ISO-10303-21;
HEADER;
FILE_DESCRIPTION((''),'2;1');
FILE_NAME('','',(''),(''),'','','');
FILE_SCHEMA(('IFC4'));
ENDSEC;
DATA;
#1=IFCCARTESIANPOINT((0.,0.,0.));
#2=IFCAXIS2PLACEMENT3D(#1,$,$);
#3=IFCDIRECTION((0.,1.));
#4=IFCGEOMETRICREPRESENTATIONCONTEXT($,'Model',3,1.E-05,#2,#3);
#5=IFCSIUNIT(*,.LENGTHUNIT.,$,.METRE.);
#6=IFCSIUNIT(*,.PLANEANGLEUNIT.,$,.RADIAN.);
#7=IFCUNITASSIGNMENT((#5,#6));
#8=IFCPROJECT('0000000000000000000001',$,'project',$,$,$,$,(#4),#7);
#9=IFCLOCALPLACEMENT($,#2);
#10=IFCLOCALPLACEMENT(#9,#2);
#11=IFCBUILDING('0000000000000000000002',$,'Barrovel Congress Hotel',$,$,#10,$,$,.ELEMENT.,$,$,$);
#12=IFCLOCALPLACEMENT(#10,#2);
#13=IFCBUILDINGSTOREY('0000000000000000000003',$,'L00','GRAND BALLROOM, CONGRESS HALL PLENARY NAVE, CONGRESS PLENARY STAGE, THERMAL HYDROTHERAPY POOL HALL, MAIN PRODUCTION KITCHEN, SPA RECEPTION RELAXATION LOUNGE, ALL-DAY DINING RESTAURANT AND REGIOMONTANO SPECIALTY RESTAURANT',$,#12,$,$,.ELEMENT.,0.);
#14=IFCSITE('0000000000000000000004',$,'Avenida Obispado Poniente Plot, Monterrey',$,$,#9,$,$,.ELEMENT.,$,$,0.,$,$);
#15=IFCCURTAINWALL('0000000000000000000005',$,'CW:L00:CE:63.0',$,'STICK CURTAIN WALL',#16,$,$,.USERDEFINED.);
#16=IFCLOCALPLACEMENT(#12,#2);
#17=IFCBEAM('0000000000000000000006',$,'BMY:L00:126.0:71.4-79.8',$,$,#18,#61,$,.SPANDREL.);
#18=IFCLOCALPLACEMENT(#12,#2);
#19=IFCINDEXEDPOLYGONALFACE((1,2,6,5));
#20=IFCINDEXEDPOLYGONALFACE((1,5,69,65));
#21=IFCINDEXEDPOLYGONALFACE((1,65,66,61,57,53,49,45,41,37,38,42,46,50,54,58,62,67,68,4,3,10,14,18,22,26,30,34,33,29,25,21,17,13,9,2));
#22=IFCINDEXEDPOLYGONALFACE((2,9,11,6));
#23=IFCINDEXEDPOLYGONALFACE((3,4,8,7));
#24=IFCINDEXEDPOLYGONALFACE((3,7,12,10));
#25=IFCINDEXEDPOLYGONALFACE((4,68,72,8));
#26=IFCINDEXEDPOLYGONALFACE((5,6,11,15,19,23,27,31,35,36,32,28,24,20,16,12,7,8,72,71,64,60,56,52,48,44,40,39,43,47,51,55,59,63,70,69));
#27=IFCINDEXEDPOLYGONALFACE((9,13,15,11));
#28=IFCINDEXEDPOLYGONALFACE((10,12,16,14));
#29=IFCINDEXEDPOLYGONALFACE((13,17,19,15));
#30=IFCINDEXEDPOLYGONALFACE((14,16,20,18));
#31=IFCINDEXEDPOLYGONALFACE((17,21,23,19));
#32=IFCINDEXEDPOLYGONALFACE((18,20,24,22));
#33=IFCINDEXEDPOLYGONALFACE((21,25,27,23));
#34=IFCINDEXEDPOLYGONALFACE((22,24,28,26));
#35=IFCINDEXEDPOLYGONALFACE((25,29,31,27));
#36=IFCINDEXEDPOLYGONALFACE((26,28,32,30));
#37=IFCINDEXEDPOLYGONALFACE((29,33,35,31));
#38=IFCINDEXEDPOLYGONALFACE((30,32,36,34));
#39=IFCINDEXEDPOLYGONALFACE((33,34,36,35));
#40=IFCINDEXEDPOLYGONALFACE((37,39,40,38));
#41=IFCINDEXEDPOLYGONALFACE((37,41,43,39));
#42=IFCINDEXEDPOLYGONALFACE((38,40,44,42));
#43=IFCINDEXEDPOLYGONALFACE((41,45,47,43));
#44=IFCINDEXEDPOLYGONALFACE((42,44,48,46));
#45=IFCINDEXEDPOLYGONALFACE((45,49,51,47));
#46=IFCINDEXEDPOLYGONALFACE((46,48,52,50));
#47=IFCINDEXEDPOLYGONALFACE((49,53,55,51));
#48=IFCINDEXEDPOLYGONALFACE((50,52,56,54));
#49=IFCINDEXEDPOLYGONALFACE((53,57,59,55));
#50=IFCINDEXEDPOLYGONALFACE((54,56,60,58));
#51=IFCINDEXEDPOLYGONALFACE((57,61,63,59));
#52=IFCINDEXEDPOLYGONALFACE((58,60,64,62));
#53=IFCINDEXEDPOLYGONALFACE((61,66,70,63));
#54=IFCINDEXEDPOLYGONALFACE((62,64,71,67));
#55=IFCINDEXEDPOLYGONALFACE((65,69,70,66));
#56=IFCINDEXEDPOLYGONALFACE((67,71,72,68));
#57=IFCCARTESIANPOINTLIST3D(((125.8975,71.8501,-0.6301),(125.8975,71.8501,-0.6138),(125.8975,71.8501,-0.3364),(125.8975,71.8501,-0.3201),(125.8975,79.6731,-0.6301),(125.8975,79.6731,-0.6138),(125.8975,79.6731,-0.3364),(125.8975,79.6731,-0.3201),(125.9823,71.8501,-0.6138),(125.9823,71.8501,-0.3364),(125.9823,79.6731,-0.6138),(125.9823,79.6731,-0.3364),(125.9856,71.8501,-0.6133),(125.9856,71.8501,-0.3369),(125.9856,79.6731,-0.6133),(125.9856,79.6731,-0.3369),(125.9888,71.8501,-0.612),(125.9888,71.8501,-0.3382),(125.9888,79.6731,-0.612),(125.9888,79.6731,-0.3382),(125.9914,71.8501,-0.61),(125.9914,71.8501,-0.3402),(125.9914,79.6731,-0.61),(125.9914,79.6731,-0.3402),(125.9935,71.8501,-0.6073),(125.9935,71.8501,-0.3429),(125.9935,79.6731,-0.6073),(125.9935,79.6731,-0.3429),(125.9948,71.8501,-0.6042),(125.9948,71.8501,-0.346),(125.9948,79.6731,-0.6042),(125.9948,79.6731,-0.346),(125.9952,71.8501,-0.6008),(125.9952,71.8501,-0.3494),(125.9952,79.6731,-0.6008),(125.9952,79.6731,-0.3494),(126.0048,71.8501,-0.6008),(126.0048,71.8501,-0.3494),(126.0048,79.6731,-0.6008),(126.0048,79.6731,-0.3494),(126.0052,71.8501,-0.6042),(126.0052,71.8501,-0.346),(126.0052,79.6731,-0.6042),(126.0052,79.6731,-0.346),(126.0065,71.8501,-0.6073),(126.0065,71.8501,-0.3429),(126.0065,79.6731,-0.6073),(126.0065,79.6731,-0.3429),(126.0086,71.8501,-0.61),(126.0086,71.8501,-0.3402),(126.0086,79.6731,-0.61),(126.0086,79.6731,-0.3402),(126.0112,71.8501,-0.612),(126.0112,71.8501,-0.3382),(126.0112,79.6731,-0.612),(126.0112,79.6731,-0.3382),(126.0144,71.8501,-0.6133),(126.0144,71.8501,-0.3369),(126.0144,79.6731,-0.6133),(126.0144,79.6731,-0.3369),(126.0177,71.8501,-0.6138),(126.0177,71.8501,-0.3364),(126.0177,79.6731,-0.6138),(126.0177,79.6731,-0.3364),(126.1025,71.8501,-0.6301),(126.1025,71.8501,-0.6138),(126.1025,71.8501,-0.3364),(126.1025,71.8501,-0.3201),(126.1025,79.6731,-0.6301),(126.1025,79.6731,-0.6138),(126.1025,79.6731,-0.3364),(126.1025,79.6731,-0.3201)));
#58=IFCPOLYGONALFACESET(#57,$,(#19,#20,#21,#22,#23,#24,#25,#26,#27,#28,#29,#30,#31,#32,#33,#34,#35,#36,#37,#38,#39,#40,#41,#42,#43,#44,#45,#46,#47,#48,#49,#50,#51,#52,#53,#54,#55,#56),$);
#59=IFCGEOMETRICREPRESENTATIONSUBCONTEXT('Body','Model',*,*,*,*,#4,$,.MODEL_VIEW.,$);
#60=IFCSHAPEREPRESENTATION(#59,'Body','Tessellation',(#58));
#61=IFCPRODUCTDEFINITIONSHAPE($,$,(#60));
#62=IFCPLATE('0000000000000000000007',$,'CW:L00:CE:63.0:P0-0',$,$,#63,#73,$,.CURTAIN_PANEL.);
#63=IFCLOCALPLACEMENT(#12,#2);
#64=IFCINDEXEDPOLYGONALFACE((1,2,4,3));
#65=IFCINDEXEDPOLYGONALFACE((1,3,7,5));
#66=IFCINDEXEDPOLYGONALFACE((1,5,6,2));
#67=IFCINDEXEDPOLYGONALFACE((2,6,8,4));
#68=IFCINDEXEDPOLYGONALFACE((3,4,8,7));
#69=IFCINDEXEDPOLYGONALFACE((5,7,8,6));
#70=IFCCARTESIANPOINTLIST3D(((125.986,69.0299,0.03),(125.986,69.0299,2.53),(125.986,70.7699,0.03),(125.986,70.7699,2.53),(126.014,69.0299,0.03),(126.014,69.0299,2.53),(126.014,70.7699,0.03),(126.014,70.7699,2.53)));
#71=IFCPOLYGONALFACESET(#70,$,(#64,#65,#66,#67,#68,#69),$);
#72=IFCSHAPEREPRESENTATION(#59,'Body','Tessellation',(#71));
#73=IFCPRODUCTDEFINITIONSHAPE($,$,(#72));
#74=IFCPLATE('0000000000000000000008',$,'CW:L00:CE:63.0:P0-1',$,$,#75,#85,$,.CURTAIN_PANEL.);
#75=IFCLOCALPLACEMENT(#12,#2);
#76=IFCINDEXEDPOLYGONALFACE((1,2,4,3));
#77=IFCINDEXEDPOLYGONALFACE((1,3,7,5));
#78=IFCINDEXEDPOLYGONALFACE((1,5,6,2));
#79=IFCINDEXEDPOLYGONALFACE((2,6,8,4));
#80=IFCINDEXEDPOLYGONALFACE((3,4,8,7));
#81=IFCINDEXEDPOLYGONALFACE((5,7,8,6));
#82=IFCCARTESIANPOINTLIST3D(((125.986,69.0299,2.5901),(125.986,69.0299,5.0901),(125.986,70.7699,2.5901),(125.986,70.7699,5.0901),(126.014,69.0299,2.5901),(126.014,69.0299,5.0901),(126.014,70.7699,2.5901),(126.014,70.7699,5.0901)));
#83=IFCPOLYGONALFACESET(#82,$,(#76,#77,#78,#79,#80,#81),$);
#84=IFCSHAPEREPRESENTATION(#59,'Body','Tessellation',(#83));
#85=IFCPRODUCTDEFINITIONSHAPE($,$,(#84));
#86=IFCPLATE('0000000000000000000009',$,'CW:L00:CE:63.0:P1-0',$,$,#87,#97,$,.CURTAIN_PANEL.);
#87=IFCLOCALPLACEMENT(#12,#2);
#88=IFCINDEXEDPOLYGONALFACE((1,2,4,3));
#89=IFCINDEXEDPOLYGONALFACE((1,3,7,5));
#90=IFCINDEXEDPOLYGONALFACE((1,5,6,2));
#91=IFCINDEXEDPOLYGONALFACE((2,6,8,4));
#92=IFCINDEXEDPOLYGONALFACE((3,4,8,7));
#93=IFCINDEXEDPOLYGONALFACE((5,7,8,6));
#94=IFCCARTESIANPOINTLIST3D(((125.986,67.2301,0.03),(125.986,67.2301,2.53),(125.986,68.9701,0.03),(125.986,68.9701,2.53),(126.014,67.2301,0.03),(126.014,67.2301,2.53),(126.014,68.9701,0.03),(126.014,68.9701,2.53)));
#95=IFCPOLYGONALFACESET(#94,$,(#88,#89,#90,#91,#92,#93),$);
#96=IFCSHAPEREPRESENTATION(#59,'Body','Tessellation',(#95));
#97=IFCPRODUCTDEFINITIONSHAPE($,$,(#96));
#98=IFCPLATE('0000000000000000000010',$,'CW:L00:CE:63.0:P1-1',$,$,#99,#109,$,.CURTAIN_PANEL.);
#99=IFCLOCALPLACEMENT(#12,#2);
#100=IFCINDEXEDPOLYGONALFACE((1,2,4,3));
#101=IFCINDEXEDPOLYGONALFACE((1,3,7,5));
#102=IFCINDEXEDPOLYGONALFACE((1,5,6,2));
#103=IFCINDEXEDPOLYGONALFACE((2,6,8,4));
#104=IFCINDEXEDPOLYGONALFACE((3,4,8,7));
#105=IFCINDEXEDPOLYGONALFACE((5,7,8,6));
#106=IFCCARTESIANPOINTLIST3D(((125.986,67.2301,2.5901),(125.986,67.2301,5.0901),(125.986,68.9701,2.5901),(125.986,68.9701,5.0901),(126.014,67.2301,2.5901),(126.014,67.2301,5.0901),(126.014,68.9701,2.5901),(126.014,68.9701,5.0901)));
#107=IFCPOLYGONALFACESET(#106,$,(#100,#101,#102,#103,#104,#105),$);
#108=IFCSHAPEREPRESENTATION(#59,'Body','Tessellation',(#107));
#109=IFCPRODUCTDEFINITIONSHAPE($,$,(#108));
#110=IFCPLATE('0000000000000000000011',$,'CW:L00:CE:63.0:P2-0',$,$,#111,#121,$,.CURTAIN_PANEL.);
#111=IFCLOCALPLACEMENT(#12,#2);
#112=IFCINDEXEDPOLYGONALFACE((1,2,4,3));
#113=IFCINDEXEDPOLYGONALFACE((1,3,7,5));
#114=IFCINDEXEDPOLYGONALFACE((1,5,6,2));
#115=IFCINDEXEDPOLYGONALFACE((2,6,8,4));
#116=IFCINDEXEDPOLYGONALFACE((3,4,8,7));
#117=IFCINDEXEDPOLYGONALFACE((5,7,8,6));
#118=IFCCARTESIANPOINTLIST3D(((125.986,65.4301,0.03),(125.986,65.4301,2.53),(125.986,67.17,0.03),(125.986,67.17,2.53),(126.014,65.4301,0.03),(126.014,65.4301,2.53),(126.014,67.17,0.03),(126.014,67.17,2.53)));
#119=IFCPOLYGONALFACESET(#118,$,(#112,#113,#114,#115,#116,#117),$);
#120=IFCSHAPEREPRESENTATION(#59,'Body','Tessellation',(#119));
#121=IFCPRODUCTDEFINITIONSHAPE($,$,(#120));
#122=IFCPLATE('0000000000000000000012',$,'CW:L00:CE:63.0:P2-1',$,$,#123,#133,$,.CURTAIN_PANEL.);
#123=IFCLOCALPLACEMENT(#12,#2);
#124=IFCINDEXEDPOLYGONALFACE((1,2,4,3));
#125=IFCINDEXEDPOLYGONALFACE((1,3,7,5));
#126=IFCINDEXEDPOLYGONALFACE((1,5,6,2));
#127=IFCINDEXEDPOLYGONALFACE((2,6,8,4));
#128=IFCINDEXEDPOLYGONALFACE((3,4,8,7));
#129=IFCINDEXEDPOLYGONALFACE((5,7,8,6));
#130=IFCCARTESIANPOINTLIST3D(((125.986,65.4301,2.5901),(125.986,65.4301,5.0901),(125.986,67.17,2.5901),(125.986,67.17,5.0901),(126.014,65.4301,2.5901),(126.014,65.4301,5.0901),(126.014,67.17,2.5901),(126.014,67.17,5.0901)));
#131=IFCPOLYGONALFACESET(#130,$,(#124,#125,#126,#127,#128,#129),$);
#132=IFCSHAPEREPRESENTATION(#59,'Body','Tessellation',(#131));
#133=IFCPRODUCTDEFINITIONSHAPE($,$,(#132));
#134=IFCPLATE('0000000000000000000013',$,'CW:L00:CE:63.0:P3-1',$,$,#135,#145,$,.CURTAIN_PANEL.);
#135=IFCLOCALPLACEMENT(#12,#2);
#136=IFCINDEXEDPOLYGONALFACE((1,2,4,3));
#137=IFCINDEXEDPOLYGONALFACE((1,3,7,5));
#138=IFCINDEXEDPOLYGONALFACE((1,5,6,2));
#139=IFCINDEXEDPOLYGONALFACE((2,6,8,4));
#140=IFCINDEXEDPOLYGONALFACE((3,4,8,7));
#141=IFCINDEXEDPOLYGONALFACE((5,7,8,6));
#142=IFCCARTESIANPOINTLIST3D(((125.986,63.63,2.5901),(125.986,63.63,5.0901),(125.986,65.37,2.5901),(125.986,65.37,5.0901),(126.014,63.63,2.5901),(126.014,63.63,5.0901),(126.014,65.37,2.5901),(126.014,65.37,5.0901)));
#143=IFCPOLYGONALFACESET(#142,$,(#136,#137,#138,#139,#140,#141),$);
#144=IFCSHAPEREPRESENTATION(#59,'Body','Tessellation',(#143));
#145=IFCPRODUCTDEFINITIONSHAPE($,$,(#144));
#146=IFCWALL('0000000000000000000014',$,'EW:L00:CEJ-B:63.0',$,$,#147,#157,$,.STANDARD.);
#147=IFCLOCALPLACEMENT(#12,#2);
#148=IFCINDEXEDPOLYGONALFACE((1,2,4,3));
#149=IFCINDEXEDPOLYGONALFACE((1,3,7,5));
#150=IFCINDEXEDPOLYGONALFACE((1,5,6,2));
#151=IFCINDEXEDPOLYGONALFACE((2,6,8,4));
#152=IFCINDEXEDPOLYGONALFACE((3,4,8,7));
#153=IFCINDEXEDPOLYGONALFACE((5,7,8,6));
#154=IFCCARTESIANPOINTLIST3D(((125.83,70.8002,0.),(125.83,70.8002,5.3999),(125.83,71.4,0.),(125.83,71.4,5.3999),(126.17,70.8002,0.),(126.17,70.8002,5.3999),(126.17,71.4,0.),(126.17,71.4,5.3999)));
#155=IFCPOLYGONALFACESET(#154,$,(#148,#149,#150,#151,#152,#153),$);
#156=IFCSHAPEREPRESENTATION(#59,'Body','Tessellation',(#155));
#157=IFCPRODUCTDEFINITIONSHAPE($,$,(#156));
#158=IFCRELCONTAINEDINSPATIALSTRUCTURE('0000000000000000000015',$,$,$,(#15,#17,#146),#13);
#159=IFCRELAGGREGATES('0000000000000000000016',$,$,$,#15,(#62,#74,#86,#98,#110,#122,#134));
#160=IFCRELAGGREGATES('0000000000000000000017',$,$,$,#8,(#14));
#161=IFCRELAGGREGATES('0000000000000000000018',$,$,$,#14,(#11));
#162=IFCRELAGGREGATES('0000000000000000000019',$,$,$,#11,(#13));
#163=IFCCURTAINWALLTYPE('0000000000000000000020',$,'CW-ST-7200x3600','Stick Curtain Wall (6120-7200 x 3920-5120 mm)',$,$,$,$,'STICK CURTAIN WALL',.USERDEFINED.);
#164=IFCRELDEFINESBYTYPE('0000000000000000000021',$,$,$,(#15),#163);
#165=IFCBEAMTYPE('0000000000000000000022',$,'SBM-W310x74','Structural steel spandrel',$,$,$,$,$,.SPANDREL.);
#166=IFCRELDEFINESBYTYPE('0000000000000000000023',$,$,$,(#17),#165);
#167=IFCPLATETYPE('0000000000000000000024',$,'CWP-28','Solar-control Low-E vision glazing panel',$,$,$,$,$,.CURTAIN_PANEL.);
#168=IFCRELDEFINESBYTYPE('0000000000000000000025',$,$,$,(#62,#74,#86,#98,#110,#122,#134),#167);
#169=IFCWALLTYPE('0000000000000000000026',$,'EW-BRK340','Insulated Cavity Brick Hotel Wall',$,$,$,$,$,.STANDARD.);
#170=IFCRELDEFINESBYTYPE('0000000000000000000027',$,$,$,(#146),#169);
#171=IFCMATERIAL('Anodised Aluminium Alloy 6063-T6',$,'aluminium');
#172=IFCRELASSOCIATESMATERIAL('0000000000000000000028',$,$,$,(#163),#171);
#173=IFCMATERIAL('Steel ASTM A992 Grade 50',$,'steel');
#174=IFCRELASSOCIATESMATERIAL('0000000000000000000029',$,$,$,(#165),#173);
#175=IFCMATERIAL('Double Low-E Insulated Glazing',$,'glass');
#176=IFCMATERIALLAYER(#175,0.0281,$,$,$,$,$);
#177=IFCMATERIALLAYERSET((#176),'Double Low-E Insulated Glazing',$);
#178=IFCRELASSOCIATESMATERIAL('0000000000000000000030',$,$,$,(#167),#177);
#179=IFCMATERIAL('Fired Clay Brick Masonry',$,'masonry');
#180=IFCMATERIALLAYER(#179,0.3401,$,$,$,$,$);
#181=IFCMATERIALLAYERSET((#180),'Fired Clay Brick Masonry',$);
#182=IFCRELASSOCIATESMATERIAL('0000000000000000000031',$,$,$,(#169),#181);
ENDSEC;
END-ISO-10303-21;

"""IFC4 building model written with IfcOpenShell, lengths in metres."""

from ifc_helpers import new_model, si_unit, direction, frame, frame_2d, origin, origin_2d, place, context, subcontext, project, spatial, rectangle, i_section, extrude, material, layer, layer_set, material_profile, profile_set, type_object, element, aggregate, save


model = new_model("IFC4")

# Units and contexts
model_context = context("Model", 3, precision=1e-05, world=origin(), true_north=direction((0.0, 1.0)))
body_context = subcontext(model_context, "Body", "Model", "MODEL_VIEW")
ifc_project = project(units=[si_unit("LENGTHUNIT", "METRE"), si_unit("PLANEANGLEUNIT", "RADIAN")], contexts=[model_context])

# Site, building, storey
site_placement = place(None, origin())
site = spatial("IfcSite", under=ifc_project, at=site_placement, Name="Avenida Obispado Poniente Plot, Monterrey", CompositionType="ELEMENT", RefElevation=0.0)
building_placement = place(site_placement, origin())
building = spatial("IfcBuilding", under=site, at=building_placement, Name="Barrovel Congress Hotel", CompositionType="ELEMENT")
storey_placement = place(building_placement, origin())
storey = spatial("IfcBuildingStorey", under=building, at=storey_placement, Name="L00", Description="GRAND BALLROOM, CONGRESS HALL PLENARY NAVE, CONGRESS PLENARY STAGE, THERMAL HYDROTHERAPY POOL HALL, MAIN PRODUCTION KITCHEN, SPA RECEPTION RELAXATION LOUNGE, ALL-DAY DINING RESTAURANT AND REGIOMONTANO SPECIALTY RESTAURANT", CompositionType="ELEMENT", Elevation=0.0)

# Curtain wall
ifc_material_1 = material(Name="Anodised Aluminium Alloy 6063-T6", Category="aluminium")
curtain_wall_type = type_object("IfcCurtainWallType", Name="CW-ST-7200x3600", Description="Stick Curtain Wall (6120-7200 x 3920-5120 mm)", ElementType="STICK CURTAIN WALL", PredefinedType="USERDEFINED", material=ifc_material_1)
curtain_wall_placement = place(storey_placement, origin())
curtain_wall = element("IfcCurtainWall", 1, at=curtain_wall_placement, inside=storey, type_object=curtain_wall_type, Name="CW:L00:CE:63.0", ObjectType="STICK CURTAIN WALL", PredefinedType="USERDEFINED")

# Beam
ifc_material_2 = material(Name="Steel ASTM A992 Grade 50", Category="steel")
ifc_material_profile_1 = material_profile(ifc_material_2, i_section(OverallWidth=0.2051, OverallDepth=0.3101, WebThickness=0.0095, FlangeThickness=0.0164, FilletRadius=0.0129, at=origin_2d()), Name="W310x74")
ifc_profile_set_1 = profile_set([ifc_material_profile_1], Name="Steel ASTM A992 Grade 50")
beam_type_1 = type_object("IfcBeamType", Name="SBM-W310x74", Description="Structural steel spandrel", PredefinedType="SPANDREL", material=ifc_profile_set_1)
beam_1_placement = place(storey_placement, frame((126.0, 71.8501, -0.4751), z_axis=(0.0, 1.0, 0.0), x_axis=(-1.0, 0.0, 0.0)))
element("IfcBeam", 2, at=beam_1_placement, inside=storey, type_object=beam_type_1, Name="BMY:L00:126.0:71.4-79.8", PredefinedType="SPANDREL", context=body_context, shape_type="SweptSolid", body=[
    extrude(i_section(OverallWidth=0.2051, OverallDepth=0.3101, WebThickness=0.0095, FlangeThickness=0.0164, FilletRadius=0.0129, at=origin_2d()), origin(), (0.0, 0.0, 1.0), 7.823),
])

# Plates
ifc_material_3 = material(Name="Double Low-E Insulated Glazing", Category="glass")
ifc_layer_1 = layer(ifc_material_3, 0.0281)
ifc_layer_set_1 = layer_set([ifc_layer_1], Name="Double Low-E Insulated Glazing")
plate_type = type_object("IfcPlateType", Name="CWP-28", Description="Solar-control Low-E vision glazing panel", PredefinedType="CURTAIN_PANEL", material=ifc_layer_set_1)
plate_1_placement = place(storey_placement, frame((126.0, 69.8999, 0.03), z_axis=(0.0, 0.0, 1.0), x_axis=(0.0, -1.0, 0.0)))
plate_1 = element("IfcPlate", 3, at=plate_1_placement, type_object=plate_type, Name="CW:L00:CE:63.0:P0-0", PredefinedType="CURTAIN_PANEL", context=body_context, shape_type="SweptSolid", body=[
    extrude(rectangle(XDim=1.74, YDim=0.0281, at=origin_2d()), origin(), (0.0, 0.0, 1.0), 2.5),
])
plate_2_placement = place(storey_placement, frame((126.0, 69.8999, 2.5901), z_axis=(0.0, 0.0, 1.0), x_axis=(0.0, -1.0, 0.0)))
plate_2 = element("IfcPlate", 4, at=plate_2_placement, type_object=plate_type, Name="CW:L00:CE:63.0:P0-1", PredefinedType="CURTAIN_PANEL", context=body_context, shape_type="SweptSolid", body=[
    extrude(rectangle(XDim=1.74, YDim=0.0281, at=origin_2d()), origin(), (0.0, 0.0, 1.0), 2.5),
])
plate_3_placement = place(storey_placement, frame((126.0, 68.1001, 0.03), z_axis=(0.0, 0.0, 1.0), x_axis=(0.0, -1.0, 0.0)))
plate_3 = element("IfcPlate", 5, at=plate_3_placement, type_object=plate_type, Name="CW:L00:CE:63.0:P1-0", PredefinedType="CURTAIN_PANEL", context=body_context, shape_type="SweptSolid", body=[
    extrude(rectangle(XDim=1.74, YDim=0.0281, at=origin_2d()), origin(), (0.0, 0.0, 1.0), 2.5),
])
plate_4_placement = place(storey_placement, frame((126.0, 68.1001, 2.5901), z_axis=(0.0, 0.0, 1.0), x_axis=(0.0, -1.0, 0.0)))
plate_4 = element("IfcPlate", 6, at=plate_4_placement, type_object=plate_type, Name="CW:L00:CE:63.0:P1-1", PredefinedType="CURTAIN_PANEL", context=body_context, shape_type="SweptSolid", body=[
    extrude(rectangle(XDim=1.74, YDim=0.0281, at=origin_2d()), origin(), (0.0, 0.0, 1.0), 2.5),
])
plate_5_placement = place(storey_placement, frame((126.0, 66.3, 0.03), z_axis=(0.0, 0.0, 1.0), x_axis=(0.0, -1.0, 0.0)))
plate_5 = element("IfcPlate", 7, at=plate_5_placement, type_object=plate_type, Name="CW:L00:CE:63.0:P2-0", PredefinedType="CURTAIN_PANEL", context=body_context, shape_type="SweptSolid", body=[
    extrude(rectangle(XDim=1.74, YDim=0.0281, at=origin_2d()), origin(), (0.0, 0.0, 1.0), 2.5),
])
plate_6_placement = place(storey_placement, frame((126.0, 66.3, 2.5901), z_axis=(0.0, 0.0, 1.0), x_axis=(0.0, -1.0, 0.0)))
plate_6 = element("IfcPlate", 8, at=plate_6_placement, type_object=plate_type, Name="CW:L00:CE:63.0:P2-1", PredefinedType="CURTAIN_PANEL", context=body_context, shape_type="SweptSolid", body=[
    extrude(rectangle(XDim=1.74, YDim=0.0281, at=origin_2d()), origin(), (0.0, 0.0, 1.0), 2.5),
])
plate_7_placement = place(storey_placement, frame((126.0, 64.5, 2.5901), z_axis=(0.0, 0.0, 1.0), x_axis=(0.0, -1.0, 0.0)))
plate_7 = element("IfcPlate", 9, at=plate_7_placement, type_object=plate_type, Name="CW:L00:CE:63.0:P3-1", PredefinedType="CURTAIN_PANEL", context=body_context, shape_type="SweptSolid", body=[
    extrude(rectangle(XDim=1.74, YDim=0.0281, at=origin_2d()), origin(), (0.0, 0.0, 1.0), 2.5),
])
aggregate(curtain_wall, [plate_1, plate_2, plate_3, plate_4, plate_5, plate_6, plate_7])

# Wall
ifc_material_4 = material(Name="Fired Clay Brick Masonry", Category="masonry")
ifc_layer_2 = layer(ifc_material_4, 0.3401)
ifc_layer_set_2 = layer_set([ifc_layer_2], Name="Fired Clay Brick Masonry")
wall_type = type_object("IfcWallType", Name="EW-BRK340", Description="Insulated Cavity Brick Hotel Wall", PredefinedType="STANDARD", material=ifc_layer_set_2)
wall_placement = place(storey_placement, frame((126.0, 71.3999, 0.0), z_axis=(0.0, 0.0, 1.0), x_axis=(0.0, -1.0, 0.0)))
element("IfcWall", 10, at=wall_placement, inside=storey, type_object=wall_type, Name="EW:L00:CEJ-B:63.0", PredefinedType="STANDARD", context=body_context, shape_type="SweptSolid", body=[
    extrude(rectangle(XDim=0.5999, YDim=0.3401, at=frame_2d((0.2998, 0.0))), origin(), (0.0, 0.0, 1.0), 5.3999),
])

save(model, "model.ifc")
